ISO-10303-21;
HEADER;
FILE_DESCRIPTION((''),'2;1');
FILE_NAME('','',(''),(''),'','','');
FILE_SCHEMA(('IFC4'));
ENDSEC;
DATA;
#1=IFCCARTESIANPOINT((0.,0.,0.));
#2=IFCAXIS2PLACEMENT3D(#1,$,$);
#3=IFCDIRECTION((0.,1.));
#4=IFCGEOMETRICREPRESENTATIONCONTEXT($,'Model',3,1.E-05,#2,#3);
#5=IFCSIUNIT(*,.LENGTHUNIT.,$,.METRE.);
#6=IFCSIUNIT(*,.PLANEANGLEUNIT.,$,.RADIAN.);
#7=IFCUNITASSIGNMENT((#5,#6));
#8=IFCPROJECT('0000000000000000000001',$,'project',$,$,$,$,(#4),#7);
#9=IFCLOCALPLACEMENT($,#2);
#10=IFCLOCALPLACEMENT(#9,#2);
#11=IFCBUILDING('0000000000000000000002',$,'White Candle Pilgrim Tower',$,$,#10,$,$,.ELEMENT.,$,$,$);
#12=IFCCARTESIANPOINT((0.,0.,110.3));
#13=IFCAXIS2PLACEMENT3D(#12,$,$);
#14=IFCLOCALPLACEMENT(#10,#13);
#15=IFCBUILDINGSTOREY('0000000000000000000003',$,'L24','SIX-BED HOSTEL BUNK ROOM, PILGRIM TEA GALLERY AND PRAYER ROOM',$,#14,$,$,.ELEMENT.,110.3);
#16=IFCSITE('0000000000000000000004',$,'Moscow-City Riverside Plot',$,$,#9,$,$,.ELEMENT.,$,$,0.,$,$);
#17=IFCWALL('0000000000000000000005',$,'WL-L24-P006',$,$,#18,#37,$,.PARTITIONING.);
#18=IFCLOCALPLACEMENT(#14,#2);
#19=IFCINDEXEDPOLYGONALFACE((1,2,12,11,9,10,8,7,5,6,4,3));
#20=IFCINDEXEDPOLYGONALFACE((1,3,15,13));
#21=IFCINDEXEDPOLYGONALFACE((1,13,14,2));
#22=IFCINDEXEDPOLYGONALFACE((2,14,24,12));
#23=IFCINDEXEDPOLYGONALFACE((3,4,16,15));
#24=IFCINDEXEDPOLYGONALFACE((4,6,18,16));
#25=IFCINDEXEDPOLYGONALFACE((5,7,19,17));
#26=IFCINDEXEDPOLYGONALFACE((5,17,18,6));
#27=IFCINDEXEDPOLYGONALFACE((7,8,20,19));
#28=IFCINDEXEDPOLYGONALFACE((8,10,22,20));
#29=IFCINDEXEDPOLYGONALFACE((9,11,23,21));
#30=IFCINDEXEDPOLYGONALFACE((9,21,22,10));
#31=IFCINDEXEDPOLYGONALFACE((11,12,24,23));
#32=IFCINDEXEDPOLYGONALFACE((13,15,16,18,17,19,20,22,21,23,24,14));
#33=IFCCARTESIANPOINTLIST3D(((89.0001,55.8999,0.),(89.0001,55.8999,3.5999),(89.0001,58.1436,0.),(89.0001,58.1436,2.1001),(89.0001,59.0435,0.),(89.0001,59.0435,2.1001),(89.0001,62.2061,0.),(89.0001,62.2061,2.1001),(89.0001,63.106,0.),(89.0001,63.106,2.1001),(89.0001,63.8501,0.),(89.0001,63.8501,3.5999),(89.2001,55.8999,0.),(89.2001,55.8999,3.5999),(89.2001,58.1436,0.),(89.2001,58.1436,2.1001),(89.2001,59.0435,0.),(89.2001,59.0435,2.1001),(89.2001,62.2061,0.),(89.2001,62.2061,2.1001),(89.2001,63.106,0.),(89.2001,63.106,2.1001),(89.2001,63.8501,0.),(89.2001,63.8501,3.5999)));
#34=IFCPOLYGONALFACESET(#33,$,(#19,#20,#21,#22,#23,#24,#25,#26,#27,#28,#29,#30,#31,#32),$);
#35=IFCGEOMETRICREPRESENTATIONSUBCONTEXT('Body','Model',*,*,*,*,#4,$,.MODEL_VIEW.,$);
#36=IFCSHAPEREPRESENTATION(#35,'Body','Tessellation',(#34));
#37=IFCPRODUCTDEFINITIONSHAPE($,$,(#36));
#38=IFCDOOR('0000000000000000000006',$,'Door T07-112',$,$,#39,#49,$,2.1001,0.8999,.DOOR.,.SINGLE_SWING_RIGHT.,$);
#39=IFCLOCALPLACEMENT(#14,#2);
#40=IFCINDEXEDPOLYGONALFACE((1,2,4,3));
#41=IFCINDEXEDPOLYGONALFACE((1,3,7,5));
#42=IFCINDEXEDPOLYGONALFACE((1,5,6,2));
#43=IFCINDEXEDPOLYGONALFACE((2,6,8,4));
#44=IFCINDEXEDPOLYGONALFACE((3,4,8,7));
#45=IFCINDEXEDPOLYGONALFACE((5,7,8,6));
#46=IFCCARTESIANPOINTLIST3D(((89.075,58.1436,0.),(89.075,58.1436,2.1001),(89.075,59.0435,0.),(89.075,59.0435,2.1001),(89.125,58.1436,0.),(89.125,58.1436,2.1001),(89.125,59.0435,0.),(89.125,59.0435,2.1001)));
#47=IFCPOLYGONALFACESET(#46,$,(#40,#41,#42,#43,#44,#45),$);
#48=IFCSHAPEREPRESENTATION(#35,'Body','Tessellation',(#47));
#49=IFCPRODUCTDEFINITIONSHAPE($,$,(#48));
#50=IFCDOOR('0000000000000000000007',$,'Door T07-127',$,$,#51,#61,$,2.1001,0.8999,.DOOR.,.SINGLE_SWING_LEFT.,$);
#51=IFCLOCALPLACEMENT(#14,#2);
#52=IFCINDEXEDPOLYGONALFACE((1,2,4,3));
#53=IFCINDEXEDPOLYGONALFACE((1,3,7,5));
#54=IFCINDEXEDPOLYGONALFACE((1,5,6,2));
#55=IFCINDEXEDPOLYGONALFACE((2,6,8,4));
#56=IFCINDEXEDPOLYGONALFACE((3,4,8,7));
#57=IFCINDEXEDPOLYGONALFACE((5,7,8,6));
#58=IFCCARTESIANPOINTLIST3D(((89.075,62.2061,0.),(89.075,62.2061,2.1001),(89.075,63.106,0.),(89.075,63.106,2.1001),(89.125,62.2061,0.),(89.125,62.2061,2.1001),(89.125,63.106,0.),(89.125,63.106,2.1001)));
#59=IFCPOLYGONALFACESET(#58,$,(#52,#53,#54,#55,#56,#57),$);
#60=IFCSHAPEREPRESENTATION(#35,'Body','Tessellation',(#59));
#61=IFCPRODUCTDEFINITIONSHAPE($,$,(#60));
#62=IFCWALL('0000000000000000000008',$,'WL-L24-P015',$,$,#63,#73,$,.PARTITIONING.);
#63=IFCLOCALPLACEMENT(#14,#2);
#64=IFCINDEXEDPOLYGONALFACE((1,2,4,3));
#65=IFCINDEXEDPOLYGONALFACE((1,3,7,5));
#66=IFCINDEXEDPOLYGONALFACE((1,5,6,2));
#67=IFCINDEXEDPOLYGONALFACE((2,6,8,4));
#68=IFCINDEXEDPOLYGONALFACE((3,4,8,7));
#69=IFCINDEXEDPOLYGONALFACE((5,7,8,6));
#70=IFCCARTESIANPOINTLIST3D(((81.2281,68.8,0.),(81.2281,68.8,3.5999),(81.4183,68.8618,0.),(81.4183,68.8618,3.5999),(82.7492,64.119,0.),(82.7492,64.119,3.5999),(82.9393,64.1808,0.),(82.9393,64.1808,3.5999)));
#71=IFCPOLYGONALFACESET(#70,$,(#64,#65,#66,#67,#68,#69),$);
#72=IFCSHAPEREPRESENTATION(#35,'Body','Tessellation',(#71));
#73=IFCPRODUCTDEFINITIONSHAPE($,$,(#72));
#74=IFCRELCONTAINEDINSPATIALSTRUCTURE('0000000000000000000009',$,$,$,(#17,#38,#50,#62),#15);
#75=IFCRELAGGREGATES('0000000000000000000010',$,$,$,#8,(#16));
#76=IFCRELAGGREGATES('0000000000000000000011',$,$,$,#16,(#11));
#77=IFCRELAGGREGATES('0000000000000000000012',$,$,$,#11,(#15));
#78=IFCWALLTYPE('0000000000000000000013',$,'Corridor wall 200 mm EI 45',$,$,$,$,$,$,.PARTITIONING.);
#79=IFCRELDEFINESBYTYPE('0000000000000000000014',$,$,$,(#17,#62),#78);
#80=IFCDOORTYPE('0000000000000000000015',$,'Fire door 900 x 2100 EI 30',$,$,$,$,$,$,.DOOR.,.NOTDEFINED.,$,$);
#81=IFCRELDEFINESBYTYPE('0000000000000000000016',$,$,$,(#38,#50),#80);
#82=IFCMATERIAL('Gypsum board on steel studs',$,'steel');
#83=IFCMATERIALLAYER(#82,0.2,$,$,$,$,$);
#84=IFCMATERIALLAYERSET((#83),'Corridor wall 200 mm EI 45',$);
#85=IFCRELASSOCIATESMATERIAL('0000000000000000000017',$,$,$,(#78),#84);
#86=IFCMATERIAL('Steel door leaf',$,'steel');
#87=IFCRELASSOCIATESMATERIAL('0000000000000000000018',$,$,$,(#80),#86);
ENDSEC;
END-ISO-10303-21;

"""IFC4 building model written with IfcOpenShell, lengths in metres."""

from ifc_helpers import new_model, si_unit, direction, frame, frame_2d, origin, place, context, subcontext, project, spatial, rectangle, extrude, material, layer, layer_set, type_object, element, fill, save


model = new_model("IFC4")

# Units and contexts
model_context = context("Model", 3, precision=1e-05, world=origin(), true_north=direction((0.0, 1.0)))
body_context = subcontext(model_context, "Body", "Model", "MODEL_VIEW")
ifc_project = project(units=[si_unit("LENGTHUNIT", "METRE"), si_unit("PLANEANGLEUNIT", "RADIAN")], contexts=[model_context])

# Site, building, storey
site_placement = place(None, origin())
site = spatial("IfcSite", under=ifc_project, at=site_placement, Name="Moscow-City Riverside Plot", CompositionType="ELEMENT", RefElevation=0.0)
building_placement = place(site_placement, origin())
building = spatial("IfcBuilding", under=site, at=building_placement, Name="White Candle Pilgrim Tower", CompositionType="ELEMENT")
storey_placement = place(building_placement, frame((0.0, 0.0, 110.3)))
storey = spatial("IfcBuildingStorey", under=building, at=storey_placement, Name="L24", Description="SIX-BED HOSTEL BUNK ROOM, PILGRIM TEA GALLERY AND PRAYER ROOM", CompositionType="ELEMENT", Elevation=110.3)

# Wall, openings, doors
ifc_material_1 = material(Name="Gypsum board on steel studs", Category="steel")
ifc_layer_1 = layer(ifc_material_1, 0.2)
ifc_layer_set_1 = layer_set([ifc_layer_1], Name="Corridor wall 200 mm EI 45")
wall_type_1 = type_object("IfcWallType", Name="Corridor wall 200 mm EI 45", PredefinedType="PARTITIONING", material=ifc_layer_set_1)
wall_1_placement = place(storey_placement, frame((89.1001, 63.8501, 0.0), z_axis=(0.0, 0.0, 1.0), x_axis=(0.0, -1.0, 0.0)))
wall_1 = element("IfcWall", 1, at=wall_1_placement, inside=storey, type_object=wall_type_1, Name="WL-L24-P006", PredefinedType="PARTITIONING", context=body_context, shape_type="SweptSolid", body=[
    extrude(rectangle(XDim=7.9502, YDim=0.2, at=frame_2d((3.9751, 0.0))), origin(), (0.0, 0.0, 1.0), 3.5999),
])
opening_1_placement = place(wall_1_placement, frame((4.8066, 0.0, 0.0)))
opening_1 = element("IfcOpeningElement", 2, at=opening_1_placement, cuts=wall_1, PredefinedType="OPENING", context=body_context, shape_type="SweptSolid", body=[
    extrude(rectangle(XDim=0.8999, YDim=2.1001, at=frame_2d((0.45, 1.05))), frame((0.0, 0.1099, 0.0), z_axis=(0.0, -1.0, 0.0), x_axis=(1.0, 0.0, 0.0)), (0.0, 0.0, 1.0), 0.22),
])
opening_2_placement = place(wall_1_placement, frame((0.7441, 0.0, 0.0)))
opening_2 = element("IfcOpeningElement", 3, at=opening_2_placement, cuts=wall_1, PredefinedType="OPENING", context=body_context, shape_type="SweptSolid", body=[
    extrude(rectangle(XDim=0.8999, YDim=2.1001, at=frame_2d((0.45, 1.05))), frame((0.0, 0.1099, 0.0), z_axis=(0.0, -1.0, 0.0), x_axis=(1.0, 0.0, 0.0)), (0.0, 0.0, 1.0), 0.22),
])
ifc_material_2 = material(Name="Steel door leaf", Category="steel")
door_type_1 = type_object("IfcDoorType", Name="Fire door 900 x 2100 EI 30", OperationType="NOTDEFINED", PredefinedType="DOOR", material=ifc_material_2)
door_1_placement = place(opening_1_placement, origin())
door_1 = element("IfcDoor", 4, at=door_1_placement, inside=storey, type_object=door_type_1, Name="Door T07-112", OperationType="SINGLE_SWING_RIGHT", OverallHeight=2.1001, OverallWidth=0.8999, PredefinedType="DOOR", context=body_context, shape_type="SweptSolid", body=[
    extrude(rectangle(XDim=0.8999, YDim=2.1001, at=frame_2d((0.45, 1.05))), frame((0.0, 0.0249, 0.0), z_axis=(0.0, -1.0, 0.0), x_axis=(1.0, 0.0, 0.0)), (0.0, 0.0, 1.0), 0.05),
])
fill(opening_1, door_1)
door_2_placement = place(opening_2_placement, origin())
door_2 = element("IfcDoor", 5, at=door_2_placement, inside=storey, type_object=door_type_1, Name="Door T07-127", OperationType="SINGLE_SWING_LEFT", OverallHeight=2.1001, OverallWidth=0.8999, PredefinedType="DOOR", context=body_context, shape_type="SweptSolid", body=[
    extrude(rectangle(XDim=0.8999, YDim=2.1001, at=frame_2d((0.45, 1.05))), frame((0.0, 0.0249, 0.0), z_axis=(0.0, -1.0, 0.0), x_axis=(1.0, 0.0, 0.0)), (0.0, 0.0, 1.0), 0.05),
])
fill(opening_2, door_2)

# Wall
wall_2_placement = place(storey_placement, frame((82.8442, 64.1499, 0.0), z_axis=(0.0, 0.0, 1.0), x_axis=(-0.309031, 0.951052, 0.0)))
element("IfcWall", 6, at=wall_2_placement, inside=storey, type_object=wall_type_1, Name="WL-L24-P015", PredefinedType="PARTITIONING", context=body_context, shape_type="SweptSolid", body=[
    extrude(rectangle(XDim=4.9219, YDim=0.2, at=frame_2d((2.4609, 0.0))), origin(), (0.0, 0.0, 1.0), 3.5999),
])

save(model, "model.ifc")
